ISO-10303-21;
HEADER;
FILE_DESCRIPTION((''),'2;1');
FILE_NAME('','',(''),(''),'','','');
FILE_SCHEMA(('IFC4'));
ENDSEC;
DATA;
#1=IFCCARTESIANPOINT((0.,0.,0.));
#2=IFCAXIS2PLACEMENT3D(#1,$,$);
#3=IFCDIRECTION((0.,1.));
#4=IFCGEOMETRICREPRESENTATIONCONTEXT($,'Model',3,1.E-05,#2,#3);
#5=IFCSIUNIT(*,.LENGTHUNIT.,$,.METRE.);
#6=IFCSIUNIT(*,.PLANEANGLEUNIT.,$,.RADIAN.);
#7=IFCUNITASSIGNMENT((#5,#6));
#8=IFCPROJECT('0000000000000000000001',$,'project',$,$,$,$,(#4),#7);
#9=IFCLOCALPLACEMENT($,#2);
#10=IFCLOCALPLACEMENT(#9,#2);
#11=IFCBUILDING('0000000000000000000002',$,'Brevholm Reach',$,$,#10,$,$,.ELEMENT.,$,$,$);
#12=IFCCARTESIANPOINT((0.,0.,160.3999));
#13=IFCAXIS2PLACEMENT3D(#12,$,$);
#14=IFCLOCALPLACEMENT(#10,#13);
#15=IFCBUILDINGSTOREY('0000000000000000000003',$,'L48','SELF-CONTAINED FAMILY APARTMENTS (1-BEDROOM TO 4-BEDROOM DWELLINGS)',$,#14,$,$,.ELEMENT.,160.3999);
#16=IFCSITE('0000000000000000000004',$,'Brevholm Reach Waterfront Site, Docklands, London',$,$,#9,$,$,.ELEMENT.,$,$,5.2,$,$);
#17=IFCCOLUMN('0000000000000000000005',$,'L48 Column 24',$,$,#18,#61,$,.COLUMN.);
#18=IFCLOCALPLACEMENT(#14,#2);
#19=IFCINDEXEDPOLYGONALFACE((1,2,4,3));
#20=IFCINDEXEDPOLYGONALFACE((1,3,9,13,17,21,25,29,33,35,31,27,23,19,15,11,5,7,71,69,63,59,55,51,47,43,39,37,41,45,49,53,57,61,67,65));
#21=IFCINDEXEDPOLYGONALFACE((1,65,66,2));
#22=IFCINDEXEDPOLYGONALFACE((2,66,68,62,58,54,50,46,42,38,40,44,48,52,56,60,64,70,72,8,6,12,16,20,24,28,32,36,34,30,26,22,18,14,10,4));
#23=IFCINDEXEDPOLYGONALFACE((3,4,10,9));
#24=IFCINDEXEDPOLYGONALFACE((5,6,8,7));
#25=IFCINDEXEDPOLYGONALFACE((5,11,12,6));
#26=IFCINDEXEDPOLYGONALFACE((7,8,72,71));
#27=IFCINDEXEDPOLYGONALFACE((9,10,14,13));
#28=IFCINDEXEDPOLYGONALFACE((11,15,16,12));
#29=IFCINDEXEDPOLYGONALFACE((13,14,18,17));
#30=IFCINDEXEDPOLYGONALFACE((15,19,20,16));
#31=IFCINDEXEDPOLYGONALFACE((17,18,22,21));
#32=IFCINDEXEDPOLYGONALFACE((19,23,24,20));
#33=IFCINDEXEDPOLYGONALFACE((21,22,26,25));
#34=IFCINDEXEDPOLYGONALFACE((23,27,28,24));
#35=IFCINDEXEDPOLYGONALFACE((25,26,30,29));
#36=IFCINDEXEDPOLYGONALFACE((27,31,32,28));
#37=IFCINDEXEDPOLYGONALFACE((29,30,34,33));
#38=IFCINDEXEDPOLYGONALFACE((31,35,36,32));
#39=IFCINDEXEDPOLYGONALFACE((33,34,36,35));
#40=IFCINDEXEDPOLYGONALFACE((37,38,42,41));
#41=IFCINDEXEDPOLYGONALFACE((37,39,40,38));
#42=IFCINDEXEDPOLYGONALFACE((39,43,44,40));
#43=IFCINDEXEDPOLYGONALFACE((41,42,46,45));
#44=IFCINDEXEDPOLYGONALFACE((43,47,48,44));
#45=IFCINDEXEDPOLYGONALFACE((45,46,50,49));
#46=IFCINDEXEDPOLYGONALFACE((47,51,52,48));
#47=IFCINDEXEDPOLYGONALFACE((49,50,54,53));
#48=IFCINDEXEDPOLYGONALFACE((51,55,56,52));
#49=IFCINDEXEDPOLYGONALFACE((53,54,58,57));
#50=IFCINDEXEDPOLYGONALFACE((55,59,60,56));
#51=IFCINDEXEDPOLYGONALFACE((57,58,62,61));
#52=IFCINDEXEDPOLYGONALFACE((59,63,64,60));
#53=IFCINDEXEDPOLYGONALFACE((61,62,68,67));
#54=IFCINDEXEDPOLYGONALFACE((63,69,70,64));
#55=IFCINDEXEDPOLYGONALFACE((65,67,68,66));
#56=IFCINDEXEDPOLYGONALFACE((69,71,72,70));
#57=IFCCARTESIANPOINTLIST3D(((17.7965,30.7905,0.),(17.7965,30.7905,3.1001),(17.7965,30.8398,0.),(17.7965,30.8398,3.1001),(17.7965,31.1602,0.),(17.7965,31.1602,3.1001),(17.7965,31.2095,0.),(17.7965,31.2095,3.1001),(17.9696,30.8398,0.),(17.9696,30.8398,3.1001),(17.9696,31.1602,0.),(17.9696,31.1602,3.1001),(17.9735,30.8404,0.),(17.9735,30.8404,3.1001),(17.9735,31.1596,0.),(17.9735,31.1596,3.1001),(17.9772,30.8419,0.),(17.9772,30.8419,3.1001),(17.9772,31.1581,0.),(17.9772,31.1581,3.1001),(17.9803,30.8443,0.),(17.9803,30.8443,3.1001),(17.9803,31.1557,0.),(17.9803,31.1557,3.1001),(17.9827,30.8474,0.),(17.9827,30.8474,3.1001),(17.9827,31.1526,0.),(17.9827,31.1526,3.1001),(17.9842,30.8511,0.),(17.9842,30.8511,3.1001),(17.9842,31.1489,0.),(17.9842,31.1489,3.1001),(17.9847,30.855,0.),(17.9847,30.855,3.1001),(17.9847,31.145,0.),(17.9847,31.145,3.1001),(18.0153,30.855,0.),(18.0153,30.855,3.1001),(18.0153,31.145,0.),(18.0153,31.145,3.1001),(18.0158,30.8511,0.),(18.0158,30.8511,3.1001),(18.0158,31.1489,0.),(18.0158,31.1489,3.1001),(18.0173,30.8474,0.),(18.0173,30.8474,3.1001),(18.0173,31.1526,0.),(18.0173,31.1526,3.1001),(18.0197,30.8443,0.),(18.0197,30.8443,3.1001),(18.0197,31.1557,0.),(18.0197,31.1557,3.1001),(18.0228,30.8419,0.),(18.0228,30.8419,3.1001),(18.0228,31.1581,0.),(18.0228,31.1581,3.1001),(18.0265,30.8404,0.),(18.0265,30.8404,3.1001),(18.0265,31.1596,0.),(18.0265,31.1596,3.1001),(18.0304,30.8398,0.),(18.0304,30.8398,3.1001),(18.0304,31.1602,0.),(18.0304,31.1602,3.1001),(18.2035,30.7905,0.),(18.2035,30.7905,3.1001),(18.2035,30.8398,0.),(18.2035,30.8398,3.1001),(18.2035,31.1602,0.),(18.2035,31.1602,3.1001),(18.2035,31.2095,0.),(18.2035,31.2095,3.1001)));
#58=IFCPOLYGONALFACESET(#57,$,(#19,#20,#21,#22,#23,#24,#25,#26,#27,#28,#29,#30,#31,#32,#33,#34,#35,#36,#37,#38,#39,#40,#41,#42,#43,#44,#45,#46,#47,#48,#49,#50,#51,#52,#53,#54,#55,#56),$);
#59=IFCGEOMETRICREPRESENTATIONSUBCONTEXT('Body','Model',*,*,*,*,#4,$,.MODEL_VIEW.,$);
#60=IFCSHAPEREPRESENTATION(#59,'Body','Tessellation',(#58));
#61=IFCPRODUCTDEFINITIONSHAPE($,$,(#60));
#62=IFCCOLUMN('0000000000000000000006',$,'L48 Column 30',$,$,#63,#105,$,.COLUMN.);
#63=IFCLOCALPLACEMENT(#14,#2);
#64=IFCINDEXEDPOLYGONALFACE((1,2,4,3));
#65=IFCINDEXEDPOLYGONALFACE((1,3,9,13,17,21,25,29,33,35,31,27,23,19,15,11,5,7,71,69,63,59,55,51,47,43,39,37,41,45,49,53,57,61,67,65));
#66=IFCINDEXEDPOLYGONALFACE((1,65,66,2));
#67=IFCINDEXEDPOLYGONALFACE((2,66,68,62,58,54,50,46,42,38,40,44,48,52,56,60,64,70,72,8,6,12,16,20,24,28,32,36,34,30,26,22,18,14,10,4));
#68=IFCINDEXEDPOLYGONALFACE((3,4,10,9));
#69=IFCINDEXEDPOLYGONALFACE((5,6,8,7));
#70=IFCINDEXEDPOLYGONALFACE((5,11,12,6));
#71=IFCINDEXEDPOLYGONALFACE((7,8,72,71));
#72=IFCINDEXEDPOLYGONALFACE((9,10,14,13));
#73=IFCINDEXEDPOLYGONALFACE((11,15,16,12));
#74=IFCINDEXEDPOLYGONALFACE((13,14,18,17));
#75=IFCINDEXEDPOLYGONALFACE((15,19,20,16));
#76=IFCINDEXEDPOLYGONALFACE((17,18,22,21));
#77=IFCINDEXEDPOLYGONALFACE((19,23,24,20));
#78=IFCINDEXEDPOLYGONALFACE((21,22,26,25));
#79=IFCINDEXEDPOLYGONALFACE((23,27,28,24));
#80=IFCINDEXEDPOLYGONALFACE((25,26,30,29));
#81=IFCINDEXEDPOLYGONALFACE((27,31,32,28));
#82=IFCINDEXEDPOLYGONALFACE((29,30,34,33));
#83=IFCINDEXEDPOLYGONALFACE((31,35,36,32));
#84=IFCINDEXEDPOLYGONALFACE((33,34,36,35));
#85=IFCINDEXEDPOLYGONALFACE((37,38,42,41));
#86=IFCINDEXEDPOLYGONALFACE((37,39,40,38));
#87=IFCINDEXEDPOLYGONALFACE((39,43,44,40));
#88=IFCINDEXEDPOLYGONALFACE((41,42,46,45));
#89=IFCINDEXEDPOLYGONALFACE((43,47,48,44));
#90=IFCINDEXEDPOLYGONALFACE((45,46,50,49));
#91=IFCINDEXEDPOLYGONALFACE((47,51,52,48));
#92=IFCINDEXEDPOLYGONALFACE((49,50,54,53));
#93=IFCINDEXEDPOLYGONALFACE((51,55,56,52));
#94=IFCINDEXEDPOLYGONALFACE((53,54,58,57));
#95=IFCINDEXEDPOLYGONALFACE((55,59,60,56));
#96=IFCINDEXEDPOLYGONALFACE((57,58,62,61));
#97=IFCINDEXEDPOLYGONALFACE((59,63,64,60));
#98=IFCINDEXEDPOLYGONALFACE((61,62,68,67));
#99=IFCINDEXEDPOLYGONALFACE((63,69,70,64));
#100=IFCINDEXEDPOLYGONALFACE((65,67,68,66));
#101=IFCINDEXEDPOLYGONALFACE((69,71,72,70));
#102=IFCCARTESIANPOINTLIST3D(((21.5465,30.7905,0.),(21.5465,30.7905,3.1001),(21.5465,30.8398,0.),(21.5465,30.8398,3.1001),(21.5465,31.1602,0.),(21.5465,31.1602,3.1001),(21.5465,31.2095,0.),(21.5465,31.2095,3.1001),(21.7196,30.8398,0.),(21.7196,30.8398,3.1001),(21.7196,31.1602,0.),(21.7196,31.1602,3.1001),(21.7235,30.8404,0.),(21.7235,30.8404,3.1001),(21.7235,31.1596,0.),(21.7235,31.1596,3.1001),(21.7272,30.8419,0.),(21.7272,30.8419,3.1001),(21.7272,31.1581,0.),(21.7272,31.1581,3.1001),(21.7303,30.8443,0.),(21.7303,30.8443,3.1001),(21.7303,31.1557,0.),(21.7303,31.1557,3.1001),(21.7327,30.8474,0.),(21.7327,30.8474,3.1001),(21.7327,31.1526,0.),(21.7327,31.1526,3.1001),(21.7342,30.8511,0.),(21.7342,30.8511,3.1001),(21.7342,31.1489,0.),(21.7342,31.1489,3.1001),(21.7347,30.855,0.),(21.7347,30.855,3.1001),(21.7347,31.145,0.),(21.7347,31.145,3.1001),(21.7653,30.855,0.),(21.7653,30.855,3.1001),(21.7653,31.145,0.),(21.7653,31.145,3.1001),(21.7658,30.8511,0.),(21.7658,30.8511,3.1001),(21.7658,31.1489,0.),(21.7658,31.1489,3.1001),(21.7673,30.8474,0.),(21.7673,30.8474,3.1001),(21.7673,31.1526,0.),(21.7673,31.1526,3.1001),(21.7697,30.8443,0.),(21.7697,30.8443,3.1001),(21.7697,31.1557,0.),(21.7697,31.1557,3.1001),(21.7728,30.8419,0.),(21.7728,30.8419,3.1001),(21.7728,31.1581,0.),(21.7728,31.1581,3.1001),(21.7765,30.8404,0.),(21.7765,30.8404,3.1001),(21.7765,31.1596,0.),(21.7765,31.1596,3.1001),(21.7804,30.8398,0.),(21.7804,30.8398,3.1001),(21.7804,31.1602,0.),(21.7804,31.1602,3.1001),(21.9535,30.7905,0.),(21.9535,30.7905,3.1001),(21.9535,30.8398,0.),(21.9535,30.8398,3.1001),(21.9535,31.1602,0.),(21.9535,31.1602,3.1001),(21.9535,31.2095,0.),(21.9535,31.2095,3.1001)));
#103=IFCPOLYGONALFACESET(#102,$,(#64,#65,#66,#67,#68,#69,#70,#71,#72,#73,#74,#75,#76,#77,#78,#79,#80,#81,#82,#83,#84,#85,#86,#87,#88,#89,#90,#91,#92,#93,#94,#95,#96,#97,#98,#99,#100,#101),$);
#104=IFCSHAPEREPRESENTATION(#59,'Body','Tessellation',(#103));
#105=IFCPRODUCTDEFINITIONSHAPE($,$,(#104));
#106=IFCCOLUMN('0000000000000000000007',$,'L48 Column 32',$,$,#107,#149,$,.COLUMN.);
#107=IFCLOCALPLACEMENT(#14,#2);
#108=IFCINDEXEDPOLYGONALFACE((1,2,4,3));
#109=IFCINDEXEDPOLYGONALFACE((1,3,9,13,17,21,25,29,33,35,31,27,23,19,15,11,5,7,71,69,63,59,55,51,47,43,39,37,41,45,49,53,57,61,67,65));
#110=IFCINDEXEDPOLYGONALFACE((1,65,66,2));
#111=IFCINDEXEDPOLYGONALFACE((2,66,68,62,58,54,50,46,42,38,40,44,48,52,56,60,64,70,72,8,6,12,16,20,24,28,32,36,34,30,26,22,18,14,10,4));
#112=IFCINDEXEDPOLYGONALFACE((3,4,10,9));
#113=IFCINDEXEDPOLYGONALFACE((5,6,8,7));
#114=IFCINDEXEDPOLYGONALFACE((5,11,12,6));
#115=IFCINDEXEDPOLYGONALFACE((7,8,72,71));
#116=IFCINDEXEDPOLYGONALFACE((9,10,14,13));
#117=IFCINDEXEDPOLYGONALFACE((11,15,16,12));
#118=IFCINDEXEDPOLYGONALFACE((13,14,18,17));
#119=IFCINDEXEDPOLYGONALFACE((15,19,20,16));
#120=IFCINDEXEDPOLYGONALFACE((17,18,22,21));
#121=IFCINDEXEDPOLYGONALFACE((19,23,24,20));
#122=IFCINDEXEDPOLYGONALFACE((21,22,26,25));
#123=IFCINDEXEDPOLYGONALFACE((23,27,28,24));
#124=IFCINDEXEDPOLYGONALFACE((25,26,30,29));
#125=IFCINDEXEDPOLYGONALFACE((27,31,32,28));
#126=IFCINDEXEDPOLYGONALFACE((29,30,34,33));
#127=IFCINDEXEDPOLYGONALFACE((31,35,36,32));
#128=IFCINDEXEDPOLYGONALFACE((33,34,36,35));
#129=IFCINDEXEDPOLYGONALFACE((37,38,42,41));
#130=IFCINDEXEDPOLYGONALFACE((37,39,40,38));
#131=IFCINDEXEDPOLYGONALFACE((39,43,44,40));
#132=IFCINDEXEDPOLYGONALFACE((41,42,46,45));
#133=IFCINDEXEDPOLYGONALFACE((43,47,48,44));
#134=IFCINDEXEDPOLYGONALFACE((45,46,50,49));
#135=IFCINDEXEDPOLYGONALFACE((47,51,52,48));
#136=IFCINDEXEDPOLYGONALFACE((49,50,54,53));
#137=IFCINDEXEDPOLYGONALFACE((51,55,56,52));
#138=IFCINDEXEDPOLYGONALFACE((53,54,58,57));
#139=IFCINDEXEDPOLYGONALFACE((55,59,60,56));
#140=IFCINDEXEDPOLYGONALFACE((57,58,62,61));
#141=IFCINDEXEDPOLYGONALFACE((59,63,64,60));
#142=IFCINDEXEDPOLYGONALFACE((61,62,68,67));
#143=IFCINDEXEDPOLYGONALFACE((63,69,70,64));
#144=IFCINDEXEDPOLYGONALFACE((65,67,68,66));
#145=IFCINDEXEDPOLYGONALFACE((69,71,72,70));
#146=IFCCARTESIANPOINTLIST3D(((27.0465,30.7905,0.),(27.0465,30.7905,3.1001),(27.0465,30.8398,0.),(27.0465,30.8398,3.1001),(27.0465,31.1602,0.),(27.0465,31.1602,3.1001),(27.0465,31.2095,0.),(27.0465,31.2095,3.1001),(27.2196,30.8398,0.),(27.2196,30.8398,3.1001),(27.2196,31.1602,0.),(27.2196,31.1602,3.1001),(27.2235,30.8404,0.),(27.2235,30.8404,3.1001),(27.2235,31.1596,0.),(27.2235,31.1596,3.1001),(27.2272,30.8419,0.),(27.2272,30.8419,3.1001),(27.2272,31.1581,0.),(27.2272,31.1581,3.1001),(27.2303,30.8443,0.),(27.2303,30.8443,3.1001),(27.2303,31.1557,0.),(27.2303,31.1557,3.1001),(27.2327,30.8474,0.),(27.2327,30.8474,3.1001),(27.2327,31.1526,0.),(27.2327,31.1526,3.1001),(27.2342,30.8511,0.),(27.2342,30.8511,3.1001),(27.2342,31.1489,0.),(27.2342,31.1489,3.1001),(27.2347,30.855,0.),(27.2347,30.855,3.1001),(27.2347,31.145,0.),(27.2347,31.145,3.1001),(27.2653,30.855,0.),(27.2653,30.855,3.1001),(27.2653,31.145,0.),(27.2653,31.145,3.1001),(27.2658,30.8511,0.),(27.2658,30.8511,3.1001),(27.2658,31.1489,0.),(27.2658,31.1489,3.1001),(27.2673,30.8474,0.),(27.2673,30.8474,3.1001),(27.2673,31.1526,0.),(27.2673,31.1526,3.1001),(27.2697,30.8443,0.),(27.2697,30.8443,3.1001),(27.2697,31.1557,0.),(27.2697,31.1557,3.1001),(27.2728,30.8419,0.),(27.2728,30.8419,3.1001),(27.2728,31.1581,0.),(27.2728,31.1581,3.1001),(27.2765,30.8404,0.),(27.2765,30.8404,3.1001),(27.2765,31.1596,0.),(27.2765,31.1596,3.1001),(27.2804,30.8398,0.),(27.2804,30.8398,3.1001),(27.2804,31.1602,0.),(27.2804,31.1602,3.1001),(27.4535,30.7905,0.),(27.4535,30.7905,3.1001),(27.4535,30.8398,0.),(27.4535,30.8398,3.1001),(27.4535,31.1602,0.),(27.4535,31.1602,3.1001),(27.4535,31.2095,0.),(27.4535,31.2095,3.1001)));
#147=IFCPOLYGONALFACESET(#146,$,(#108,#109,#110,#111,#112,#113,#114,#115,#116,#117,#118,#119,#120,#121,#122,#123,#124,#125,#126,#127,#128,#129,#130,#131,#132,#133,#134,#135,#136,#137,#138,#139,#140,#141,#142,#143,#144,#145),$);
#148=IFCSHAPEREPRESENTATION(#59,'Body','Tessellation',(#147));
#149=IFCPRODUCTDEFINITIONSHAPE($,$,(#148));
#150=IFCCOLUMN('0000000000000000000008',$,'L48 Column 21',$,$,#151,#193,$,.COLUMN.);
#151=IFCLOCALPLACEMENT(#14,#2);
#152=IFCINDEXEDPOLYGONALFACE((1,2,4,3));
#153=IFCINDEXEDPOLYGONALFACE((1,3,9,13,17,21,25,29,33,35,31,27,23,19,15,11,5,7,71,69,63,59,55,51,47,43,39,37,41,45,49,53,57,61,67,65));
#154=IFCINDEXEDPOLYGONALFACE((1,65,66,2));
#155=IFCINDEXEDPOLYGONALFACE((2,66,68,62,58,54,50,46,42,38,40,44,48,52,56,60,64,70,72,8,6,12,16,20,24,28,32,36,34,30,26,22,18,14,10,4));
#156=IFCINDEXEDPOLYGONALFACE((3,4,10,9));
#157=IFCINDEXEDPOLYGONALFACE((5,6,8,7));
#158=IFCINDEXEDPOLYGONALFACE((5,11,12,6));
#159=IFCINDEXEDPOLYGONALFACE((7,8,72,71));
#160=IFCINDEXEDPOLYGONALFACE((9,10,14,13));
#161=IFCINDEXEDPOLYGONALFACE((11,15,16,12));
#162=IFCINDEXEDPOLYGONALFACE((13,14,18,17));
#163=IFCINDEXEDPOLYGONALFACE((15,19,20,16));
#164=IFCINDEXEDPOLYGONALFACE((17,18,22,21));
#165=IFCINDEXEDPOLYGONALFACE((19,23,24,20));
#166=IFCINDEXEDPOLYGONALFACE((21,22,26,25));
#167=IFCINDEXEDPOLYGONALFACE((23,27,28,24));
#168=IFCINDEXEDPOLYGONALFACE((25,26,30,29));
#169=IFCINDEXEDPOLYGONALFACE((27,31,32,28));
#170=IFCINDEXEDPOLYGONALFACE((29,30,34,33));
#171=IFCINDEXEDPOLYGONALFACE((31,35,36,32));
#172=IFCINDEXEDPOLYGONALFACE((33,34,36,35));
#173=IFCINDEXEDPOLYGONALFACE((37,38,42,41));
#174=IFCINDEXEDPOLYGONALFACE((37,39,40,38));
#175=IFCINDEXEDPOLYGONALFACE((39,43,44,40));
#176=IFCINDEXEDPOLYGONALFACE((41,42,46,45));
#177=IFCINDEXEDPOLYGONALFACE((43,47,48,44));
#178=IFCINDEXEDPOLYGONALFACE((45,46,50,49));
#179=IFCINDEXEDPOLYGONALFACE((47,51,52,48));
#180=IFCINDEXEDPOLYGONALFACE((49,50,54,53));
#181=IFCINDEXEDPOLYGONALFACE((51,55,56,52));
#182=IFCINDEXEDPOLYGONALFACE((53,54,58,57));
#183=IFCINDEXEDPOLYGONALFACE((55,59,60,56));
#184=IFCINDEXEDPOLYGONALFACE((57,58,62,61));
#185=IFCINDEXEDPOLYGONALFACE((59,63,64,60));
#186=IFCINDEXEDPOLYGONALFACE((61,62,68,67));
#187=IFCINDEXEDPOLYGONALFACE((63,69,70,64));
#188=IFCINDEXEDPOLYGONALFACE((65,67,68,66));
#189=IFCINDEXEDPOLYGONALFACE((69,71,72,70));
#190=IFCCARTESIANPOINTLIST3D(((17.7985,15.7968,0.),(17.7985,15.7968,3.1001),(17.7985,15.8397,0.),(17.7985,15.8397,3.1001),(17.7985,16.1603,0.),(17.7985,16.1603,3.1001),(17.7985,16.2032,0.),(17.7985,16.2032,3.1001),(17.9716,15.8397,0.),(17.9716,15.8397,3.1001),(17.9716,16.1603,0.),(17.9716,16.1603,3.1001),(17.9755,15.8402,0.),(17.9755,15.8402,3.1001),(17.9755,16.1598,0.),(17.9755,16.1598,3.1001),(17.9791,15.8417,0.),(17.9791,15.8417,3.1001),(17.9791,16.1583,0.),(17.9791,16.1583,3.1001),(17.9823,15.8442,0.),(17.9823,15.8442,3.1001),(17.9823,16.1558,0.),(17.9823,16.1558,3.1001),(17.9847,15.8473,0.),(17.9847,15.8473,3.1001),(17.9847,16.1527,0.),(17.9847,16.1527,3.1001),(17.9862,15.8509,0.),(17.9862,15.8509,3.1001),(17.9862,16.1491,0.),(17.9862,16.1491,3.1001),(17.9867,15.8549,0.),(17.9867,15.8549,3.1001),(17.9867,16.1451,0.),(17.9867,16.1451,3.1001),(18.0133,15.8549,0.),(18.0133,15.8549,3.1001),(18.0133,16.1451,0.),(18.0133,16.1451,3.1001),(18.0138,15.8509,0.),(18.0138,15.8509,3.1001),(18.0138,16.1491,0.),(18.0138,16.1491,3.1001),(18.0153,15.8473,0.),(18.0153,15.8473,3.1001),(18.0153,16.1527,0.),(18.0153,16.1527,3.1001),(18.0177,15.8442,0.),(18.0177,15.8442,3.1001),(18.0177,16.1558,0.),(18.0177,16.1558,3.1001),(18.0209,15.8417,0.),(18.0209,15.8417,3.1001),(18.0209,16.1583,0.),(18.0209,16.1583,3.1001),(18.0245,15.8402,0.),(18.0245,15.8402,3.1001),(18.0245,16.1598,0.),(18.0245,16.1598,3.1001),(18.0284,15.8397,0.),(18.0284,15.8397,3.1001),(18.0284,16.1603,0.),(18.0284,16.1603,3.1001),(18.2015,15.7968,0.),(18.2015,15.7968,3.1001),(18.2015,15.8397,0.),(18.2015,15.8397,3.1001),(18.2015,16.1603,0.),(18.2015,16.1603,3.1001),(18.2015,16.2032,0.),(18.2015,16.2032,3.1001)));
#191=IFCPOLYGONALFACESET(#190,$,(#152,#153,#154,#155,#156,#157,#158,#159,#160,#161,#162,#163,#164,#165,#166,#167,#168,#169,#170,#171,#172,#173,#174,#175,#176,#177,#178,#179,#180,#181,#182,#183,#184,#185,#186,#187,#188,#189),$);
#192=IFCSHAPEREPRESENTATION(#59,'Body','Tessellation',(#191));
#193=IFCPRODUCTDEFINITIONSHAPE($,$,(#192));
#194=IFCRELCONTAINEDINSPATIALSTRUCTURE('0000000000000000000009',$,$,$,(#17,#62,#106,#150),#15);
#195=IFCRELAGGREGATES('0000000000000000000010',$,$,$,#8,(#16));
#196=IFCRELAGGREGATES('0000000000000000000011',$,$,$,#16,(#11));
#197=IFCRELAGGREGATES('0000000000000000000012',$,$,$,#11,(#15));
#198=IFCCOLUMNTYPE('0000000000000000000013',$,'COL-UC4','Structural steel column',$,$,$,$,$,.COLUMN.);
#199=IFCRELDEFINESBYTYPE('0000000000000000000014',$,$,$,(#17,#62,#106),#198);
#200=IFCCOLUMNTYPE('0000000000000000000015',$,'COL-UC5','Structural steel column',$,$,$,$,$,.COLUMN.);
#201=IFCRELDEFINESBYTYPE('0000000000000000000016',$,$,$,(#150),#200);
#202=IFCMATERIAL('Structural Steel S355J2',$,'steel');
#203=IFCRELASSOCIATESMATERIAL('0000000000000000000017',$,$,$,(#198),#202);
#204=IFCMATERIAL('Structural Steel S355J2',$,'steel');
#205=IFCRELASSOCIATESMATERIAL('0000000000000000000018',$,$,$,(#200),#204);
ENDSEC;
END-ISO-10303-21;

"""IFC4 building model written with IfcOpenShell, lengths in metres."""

from ifc_helpers import new_model, si_unit, direction, frame, origin, origin_2d, place, context, subcontext, project, spatial, i_section, extrude, material, material_profile, profile_set, type_object, element, save


model = new_model("IFC4")

# Units and contexts
model_context = context("Model", 3, precision=1e-05, world=origin(), true_north=direction((0.0, 1.0)))
body_context = subcontext(model_context, "Body", "Model", "MODEL_VIEW")
ifc_project = project(units=[si_unit("LENGTHUNIT", "METRE"), si_unit("PLANEANGLEUNIT", "RADIAN")], contexts=[model_context])

# Site, building, storey
site_placement = place(None, origin())
site = spatial("IfcSite", under=ifc_project, at=site_placement, Name="Brevholm Reach Waterfront Site, Docklands, London", CompositionType="ELEMENT", RefElevation=5.2)
building_placement = place(site_placement, origin())
building = spatial("IfcBuilding", under=site, at=building_placement, Name="Brevholm Reach", CompositionType="ELEMENT")
storey_placement = place(building_placement, frame((0.0, 0.0, 160.3999)))
storey = spatial("IfcBuildingStorey", under=building, at=storey_placement, Name="L48", Description="SELF-CONTAINED FAMILY APARTMENTS (1-BEDROOM TO 4-BEDROOM DWELLINGS)", CompositionType="ELEMENT", Elevation=160.3999)

# Columns
ifc_material_1 = material(Name="Structural Steel S355J2", Category="steel")
ifc_material_profile_1 = material_profile(ifc_material_1, i_section(OverallWidth=0.407, OverallDepth=0.4189, WebThickness=0.0305, FlangeThickness=0.0493, FilletRadius=0.0151, at=origin_2d()), Name="UKC 356x406x393")
ifc_profile_set_1 = profile_set([ifc_material_profile_1], Name="Structural Steel S355J2")
column_type_1 = type_object("IfcColumnType", Name="COL-UC4", Description="Structural steel column", PredefinedType="COLUMN", material=ifc_profile_set_1)
for number, where, z_axis, x_axis, name in (
    (1, (18.0, 31.0, 0.0), (0.0, 0.0, 1.0), (1.0, 0.0, 0.0), "L48 Column 24"),
    (2, (21.75, 31.0, 0.0), (0.0, 0.0, 1.0), (1.0, 0.0, 0.0), "L48 Column 30"),
    (3, (27.25, 31.0, 0.0), (0.0, 0.0, 1.0), (1.0, 0.0, 0.0), "L48 Column 32"),
):
    element("IfcColumn", number, at=place(storey_placement, frame(where, z_axis=z_axis, x_axis=x_axis)), inside=storey, type_object=column_type_1, Name=name, PredefinedType="COLUMN", context=body_context, shape_type="SweptSolid", body=[
        extrude(i_section(OverallWidth=0.407, OverallDepth=0.4189, WebThickness=0.0305, FlangeThickness=0.0493, FilletRadius=0.0151, at=origin_2d()), origin(), (0.0, 0.0, 1.0), 3.1001),
    ])
ifc_material_2 = material(Name="Structural Steel S355J2", Category="steel")
ifc_material_profile_2 = material_profile(ifc_material_2, i_section(OverallWidth=0.4031, OverallDepth=0.4065, WebThickness=0.0266, FlangeThickness=0.043, FilletRadius=0.0151, at=origin_2d()), Name="UKC 356x406x340")
ifc_profile_set_2 = profile_set([ifc_material_profile_2], Name="Structural Steel S355J2")
column_type_2 = type_object("IfcColumnType", Name="COL-UC5", Description="Structural steel column", PredefinedType="COLUMN", material=ifc_profile_set_2)
for number, where, z_axis, x_axis, name in (
    (4, (18.0, 16.0, 0.0), (0.0, 0.0, 1.0), (1.0, 0.0, 0.0), "L48 Column 21"),
):
    element("IfcColumn", number, at=place(storey_placement, frame(where, z_axis=z_axis, x_axis=x_axis)), inside=storey, type_object=column_type_2, Name=name, PredefinedType="COLUMN", context=body_context, shape_type="SweptSolid", body=[
        extrude(i_section(OverallWidth=0.4031, OverallDepth=0.4065, WebThickness=0.0266, FlangeThickness=0.043, FilletRadius=0.0151, at=origin_2d()), origin(), (0.0, 0.0, 1.0), 3.1001),
    ])

save(model, "model.ifc")
